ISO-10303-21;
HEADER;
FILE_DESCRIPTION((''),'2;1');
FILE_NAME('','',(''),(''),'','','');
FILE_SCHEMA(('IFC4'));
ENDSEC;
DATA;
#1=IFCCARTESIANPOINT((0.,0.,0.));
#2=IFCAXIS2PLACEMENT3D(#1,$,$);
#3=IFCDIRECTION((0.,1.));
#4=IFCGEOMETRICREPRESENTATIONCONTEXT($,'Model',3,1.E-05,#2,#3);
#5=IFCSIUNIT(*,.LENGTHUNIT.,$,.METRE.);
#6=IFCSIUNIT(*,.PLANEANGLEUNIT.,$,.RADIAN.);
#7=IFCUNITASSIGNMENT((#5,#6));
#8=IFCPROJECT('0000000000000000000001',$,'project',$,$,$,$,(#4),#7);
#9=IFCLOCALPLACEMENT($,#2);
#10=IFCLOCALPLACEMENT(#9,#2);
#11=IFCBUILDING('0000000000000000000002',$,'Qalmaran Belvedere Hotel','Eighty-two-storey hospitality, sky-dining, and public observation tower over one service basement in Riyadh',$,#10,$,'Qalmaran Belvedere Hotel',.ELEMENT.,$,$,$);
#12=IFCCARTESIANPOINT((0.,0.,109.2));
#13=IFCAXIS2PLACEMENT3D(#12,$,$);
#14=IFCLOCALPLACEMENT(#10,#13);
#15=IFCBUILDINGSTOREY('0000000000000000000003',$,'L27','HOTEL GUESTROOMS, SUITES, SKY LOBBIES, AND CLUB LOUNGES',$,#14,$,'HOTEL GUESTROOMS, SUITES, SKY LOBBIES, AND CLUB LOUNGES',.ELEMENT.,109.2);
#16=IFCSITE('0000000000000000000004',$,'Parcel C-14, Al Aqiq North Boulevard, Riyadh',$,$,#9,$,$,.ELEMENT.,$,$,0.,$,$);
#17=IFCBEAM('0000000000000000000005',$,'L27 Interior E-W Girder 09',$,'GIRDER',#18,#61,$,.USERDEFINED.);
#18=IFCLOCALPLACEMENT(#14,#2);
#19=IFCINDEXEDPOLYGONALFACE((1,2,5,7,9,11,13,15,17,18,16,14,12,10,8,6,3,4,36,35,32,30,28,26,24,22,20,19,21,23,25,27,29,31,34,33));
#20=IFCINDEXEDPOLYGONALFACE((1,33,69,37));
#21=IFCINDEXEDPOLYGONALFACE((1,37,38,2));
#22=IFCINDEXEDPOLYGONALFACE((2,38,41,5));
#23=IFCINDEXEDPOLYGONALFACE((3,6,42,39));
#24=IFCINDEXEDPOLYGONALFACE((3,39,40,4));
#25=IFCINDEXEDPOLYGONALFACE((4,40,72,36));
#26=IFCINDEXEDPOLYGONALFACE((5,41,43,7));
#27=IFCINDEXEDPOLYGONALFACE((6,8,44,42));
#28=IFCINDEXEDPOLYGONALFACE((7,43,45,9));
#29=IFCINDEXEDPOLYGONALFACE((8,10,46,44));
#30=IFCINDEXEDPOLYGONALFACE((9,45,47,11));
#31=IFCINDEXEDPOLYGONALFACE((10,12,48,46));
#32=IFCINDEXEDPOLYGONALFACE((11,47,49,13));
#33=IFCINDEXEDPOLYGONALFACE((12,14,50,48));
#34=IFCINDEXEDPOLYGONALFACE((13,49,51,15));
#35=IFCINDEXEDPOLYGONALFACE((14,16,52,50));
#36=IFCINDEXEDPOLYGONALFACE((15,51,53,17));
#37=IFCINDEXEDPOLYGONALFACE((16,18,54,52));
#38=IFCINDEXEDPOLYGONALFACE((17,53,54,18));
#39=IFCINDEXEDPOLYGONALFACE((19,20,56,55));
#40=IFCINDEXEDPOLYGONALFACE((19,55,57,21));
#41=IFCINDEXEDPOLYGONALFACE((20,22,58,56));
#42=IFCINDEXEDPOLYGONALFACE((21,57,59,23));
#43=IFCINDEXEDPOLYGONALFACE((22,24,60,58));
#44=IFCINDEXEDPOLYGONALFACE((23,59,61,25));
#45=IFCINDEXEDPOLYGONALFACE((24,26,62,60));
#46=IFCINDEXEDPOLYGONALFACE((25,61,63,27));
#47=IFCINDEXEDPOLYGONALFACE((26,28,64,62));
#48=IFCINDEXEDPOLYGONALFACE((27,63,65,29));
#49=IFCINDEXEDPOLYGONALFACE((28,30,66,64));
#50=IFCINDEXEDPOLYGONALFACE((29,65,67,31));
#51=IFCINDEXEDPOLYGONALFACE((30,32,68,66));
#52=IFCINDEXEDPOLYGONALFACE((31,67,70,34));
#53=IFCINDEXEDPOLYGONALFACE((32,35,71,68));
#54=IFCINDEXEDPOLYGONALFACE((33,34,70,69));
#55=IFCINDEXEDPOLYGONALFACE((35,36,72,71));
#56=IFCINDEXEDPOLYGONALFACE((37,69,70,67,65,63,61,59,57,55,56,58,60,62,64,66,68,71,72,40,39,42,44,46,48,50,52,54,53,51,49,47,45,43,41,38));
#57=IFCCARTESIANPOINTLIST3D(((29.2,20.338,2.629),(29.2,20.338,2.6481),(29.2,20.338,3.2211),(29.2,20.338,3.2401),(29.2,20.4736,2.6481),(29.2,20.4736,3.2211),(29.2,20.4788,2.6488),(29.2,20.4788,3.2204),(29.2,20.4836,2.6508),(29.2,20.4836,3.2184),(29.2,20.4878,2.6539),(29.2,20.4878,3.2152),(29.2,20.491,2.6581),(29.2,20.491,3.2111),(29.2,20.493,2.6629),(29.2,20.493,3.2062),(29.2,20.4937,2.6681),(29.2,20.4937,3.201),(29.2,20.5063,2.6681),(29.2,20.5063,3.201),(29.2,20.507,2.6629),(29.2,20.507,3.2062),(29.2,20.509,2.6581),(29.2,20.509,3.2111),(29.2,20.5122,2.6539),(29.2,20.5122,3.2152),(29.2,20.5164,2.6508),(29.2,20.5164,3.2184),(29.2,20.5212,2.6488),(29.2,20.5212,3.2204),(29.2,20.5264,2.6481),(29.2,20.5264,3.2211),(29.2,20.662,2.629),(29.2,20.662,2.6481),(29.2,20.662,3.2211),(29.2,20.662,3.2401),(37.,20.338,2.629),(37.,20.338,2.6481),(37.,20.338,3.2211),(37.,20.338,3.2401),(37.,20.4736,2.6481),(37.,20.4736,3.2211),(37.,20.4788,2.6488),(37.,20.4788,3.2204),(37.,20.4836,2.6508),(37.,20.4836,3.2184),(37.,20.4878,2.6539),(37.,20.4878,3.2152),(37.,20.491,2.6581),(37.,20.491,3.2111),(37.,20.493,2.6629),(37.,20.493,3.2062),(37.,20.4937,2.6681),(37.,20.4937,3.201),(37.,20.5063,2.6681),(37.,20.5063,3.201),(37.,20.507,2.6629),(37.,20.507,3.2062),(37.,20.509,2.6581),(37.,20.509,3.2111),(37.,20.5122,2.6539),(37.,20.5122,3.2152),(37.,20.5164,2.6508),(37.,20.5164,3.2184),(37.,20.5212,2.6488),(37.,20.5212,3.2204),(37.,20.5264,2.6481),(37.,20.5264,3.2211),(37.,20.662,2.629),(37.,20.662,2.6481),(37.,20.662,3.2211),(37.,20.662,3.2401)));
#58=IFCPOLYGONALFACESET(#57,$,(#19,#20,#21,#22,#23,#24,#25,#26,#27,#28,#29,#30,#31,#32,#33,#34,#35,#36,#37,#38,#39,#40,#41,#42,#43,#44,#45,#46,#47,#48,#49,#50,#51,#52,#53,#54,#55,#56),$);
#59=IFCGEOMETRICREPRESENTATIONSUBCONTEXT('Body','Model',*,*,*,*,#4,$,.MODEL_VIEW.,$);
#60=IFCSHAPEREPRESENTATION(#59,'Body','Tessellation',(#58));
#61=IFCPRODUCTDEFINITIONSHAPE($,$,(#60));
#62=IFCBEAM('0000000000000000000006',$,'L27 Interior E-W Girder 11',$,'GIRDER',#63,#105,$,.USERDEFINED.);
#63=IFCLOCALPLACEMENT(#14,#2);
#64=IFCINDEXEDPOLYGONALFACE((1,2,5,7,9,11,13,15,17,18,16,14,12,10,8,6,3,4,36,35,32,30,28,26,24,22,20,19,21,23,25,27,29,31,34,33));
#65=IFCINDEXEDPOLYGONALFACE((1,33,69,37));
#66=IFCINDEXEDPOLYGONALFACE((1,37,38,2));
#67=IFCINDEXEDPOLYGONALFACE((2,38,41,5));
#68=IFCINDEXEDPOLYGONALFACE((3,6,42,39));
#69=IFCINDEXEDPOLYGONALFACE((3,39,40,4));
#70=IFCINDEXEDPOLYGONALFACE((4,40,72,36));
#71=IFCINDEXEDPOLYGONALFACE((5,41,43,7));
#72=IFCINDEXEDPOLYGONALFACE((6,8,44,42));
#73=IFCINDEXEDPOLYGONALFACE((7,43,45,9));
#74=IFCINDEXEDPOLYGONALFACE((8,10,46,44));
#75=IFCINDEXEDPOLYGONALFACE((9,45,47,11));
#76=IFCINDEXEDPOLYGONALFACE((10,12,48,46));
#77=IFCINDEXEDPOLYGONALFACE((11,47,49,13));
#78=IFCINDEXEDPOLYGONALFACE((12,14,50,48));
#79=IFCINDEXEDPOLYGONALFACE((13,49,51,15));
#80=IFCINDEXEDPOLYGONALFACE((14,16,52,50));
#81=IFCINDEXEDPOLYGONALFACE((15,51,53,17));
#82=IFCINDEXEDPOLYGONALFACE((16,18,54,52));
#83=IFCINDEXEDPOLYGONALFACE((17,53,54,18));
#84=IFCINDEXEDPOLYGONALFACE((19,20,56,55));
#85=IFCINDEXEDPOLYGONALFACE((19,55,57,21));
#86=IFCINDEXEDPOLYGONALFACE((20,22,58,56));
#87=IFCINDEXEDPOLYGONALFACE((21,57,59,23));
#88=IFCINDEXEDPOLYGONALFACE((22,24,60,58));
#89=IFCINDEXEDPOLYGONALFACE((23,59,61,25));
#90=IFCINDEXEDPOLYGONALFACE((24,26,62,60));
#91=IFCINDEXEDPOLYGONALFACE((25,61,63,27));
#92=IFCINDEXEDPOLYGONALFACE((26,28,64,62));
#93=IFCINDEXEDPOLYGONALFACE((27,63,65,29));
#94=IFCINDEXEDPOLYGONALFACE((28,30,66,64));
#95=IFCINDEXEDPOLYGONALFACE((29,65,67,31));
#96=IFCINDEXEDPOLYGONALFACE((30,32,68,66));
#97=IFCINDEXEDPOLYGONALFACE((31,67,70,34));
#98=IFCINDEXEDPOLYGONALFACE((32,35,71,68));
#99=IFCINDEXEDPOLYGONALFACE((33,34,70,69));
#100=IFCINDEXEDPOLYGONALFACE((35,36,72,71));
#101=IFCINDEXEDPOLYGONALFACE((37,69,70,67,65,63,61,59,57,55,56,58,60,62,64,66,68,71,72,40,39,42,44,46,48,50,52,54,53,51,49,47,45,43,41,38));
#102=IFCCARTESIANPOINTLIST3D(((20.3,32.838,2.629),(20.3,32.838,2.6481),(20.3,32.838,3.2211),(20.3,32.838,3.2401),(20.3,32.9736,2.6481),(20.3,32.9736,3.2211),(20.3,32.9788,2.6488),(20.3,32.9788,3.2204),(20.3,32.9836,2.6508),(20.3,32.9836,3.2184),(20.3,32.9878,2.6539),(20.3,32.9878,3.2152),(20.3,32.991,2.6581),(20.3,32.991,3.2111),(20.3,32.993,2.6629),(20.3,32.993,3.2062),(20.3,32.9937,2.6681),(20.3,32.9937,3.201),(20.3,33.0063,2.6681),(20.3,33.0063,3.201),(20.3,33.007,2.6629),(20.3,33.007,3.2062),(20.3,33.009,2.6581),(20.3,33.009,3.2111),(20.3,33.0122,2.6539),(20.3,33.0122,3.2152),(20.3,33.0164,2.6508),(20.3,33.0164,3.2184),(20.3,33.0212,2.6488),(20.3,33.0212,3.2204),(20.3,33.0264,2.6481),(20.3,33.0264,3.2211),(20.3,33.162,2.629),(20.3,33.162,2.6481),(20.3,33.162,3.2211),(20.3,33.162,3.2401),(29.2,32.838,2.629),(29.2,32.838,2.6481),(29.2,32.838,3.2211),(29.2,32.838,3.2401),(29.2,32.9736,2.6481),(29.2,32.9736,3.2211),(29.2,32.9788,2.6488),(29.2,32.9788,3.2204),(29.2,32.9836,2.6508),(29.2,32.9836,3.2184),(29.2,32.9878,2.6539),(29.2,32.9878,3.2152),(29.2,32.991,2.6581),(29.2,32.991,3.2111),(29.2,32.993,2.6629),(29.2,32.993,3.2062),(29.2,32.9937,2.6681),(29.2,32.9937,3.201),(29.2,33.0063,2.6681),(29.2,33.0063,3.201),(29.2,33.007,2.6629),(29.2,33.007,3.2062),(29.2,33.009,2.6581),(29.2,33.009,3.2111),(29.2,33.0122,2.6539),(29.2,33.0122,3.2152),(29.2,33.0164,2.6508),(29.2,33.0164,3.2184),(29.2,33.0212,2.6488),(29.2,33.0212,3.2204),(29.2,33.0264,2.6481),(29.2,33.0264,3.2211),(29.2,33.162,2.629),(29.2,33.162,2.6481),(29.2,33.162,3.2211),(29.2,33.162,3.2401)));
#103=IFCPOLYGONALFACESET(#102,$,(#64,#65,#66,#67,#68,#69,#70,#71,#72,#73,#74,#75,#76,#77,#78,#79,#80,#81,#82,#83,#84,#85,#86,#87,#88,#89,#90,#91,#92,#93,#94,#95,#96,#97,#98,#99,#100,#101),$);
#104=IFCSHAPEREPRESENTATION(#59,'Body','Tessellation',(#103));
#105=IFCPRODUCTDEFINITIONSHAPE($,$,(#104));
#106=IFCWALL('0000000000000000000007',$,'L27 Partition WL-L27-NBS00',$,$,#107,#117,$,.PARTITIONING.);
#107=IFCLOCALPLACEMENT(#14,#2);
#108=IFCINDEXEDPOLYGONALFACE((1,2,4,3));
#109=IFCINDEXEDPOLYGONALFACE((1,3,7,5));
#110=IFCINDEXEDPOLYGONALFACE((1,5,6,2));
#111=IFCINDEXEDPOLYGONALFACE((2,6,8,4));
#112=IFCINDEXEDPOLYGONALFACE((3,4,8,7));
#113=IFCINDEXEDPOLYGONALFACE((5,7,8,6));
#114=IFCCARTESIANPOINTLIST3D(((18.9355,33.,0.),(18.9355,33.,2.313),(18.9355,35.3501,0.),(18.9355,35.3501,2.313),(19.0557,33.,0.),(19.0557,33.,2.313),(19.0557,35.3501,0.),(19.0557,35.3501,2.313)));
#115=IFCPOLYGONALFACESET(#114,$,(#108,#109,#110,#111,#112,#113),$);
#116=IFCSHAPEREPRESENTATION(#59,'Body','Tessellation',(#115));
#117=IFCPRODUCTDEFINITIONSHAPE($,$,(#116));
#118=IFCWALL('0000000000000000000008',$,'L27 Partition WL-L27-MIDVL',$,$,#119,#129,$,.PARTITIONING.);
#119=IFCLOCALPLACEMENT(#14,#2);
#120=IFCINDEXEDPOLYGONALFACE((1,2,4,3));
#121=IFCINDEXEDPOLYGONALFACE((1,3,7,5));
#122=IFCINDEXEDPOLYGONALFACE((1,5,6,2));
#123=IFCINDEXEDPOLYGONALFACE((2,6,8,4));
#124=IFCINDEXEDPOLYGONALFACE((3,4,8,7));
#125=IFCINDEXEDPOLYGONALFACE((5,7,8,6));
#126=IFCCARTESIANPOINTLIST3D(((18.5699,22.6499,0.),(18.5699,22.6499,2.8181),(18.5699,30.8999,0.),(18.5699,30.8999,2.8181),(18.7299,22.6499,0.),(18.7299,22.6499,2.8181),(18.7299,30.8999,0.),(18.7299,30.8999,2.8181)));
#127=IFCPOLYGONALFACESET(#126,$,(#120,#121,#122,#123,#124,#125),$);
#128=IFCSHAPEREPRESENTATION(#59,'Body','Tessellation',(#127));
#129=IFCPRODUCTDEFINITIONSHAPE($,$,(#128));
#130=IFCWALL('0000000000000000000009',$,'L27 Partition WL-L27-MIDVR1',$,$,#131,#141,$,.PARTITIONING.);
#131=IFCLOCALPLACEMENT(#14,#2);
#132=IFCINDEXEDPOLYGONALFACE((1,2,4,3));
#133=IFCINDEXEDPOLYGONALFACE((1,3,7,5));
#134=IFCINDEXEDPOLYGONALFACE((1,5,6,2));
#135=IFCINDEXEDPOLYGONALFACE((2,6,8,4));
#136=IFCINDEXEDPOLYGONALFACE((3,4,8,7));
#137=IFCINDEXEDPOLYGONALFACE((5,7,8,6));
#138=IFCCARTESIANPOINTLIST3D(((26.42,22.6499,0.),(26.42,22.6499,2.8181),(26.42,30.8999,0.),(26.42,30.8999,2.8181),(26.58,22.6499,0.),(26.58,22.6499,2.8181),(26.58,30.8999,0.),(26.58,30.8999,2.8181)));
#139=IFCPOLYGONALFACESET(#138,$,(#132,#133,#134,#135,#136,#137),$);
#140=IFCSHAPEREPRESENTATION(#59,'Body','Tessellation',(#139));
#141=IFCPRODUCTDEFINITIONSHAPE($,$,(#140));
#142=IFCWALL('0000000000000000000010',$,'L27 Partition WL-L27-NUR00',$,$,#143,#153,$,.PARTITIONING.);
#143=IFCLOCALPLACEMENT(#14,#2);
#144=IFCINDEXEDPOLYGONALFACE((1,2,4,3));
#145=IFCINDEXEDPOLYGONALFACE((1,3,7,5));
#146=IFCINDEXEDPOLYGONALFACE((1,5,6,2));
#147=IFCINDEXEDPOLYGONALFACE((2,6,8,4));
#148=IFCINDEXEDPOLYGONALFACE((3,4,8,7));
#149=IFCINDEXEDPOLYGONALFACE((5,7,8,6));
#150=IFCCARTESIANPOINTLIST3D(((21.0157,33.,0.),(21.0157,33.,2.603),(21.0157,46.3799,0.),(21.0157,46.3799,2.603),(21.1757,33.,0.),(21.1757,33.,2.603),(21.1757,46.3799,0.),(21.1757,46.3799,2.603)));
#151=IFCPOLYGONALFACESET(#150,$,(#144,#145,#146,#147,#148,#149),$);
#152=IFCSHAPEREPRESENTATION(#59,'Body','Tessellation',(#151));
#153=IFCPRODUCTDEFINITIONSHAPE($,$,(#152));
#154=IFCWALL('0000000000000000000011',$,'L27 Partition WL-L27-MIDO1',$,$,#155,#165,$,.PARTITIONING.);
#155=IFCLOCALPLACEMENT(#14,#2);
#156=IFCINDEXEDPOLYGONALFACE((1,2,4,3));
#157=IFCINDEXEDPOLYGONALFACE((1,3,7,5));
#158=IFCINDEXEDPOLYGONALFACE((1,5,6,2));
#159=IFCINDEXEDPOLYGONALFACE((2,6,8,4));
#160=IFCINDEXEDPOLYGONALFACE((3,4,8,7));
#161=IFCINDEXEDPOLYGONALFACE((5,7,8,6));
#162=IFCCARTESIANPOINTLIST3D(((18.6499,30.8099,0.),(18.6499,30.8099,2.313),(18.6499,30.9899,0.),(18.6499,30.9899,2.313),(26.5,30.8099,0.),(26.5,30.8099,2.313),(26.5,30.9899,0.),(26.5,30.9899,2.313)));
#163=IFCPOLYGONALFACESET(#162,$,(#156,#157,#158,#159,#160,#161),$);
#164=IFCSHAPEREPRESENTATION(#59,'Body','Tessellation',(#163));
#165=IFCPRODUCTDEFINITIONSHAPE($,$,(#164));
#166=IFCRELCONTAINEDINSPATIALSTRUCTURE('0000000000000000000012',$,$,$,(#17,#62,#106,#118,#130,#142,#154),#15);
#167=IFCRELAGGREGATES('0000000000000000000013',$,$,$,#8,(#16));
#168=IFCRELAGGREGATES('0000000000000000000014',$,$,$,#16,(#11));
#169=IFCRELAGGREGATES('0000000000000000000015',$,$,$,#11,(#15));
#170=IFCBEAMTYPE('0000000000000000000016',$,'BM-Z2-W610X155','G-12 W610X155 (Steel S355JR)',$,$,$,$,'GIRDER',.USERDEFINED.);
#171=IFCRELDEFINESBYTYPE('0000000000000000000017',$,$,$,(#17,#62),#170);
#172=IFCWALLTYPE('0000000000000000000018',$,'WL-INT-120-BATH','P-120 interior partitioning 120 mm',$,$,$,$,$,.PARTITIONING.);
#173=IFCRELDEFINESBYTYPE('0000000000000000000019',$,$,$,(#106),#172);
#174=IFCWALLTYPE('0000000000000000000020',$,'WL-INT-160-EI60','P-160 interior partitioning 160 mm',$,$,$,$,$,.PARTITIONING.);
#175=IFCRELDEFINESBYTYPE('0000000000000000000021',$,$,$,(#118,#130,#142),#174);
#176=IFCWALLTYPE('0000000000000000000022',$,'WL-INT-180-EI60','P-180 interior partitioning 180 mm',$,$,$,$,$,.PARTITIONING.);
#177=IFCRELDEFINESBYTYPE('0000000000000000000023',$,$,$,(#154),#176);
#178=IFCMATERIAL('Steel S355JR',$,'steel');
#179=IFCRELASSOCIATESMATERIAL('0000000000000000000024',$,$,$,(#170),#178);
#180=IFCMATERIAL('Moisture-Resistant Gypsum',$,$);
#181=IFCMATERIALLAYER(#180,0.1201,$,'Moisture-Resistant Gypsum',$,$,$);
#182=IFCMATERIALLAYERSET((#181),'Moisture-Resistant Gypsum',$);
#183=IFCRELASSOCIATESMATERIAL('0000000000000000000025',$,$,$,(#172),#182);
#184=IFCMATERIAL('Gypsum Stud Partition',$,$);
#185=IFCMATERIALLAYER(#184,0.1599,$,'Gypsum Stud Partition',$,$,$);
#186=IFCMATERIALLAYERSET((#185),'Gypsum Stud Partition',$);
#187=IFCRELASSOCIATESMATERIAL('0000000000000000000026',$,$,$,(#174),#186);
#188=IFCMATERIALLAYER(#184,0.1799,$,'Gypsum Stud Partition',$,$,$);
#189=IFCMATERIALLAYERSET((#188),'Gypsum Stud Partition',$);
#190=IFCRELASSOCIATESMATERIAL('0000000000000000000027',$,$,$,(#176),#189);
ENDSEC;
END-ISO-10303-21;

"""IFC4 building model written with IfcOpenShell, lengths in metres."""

from ifc_helpers import new_model, si_unit, direction, frame, frame_2d, origin, origin_2d, place, context, subcontext, project, spatial, rectangle, i_section, extrude, material, layer, layer_set, material_profile, profile_set, type_object, element, save


model = new_model("IFC4")

# Units and contexts
model_context = context("Model", 3, precision=1e-05, world=origin(), true_north=direction((0.0, 1.0)))
body_context = subcontext(model_context, "Body", "Model", "MODEL_VIEW")
ifc_project = project(units=[si_unit("LENGTHUNIT", "METRE"), si_unit("PLANEANGLEUNIT", "RADIAN")], contexts=[model_context])

# Site, building, storey
site_placement = place(None, origin())
site = spatial("IfcSite", under=ifc_project, at=site_placement, Name="Parcel C-14, Al Aqiq North Boulevard, Riyadh", CompositionType="ELEMENT", RefElevation=0.0)
building_placement = place(site_placement, origin())
building = spatial("IfcBuilding", under=site, at=building_placement, Name="Qalmaran Belvedere Hotel", Description="Eighty-two-storey hospitality, sky-dining, and public observation tower over one service basement in Riyadh", LongName="Qalmaran Belvedere Hotel", CompositionType="ELEMENT")
storey_placement = place(building_placement, frame((0.0, 0.0, 109.2)))
storey = spatial("IfcBuildingStorey", under=building, at=storey_placement, Name="L27", Description="HOTEL GUESTROOMS, SUITES, SKY LOBBIES, AND CLUB LOUNGES", LongName="HOTEL GUESTROOMS, SUITES, SKY LOBBIES, AND CLUB LOUNGES", CompositionType="ELEMENT", Elevation=109.2)

# Beams
ifc_material_1 = material(Name="Steel S355JR", Category="steel")
ifc_material_profile_1 = material_profile(ifc_material_1, i_section(OverallWidth=0.324, OverallDepth=0.6111, WebThickness=0.0127, FlangeThickness=0.019, FilletRadius=0.02, at=origin_2d()), Name="W610X155")
ifc_profile_set_1 = profile_set([ifc_material_profile_1], Name="Steel S355JR")
beam_type_1 = type_object("IfcBeamType", Name="BM-Z2-W610X155", Description="G-12 W610X155 (Steel S355JR)", ElementType="GIRDER", PredefinedType="USERDEFINED", material=ifc_profile_set_1)
beam_1_placement = place(storey_placement, frame((29.2, 20.5, 2.9346), z_axis=(1.0, 0.0, 0.0), x_axis=(0.0, 1.0, 0.0)))
element("IfcBeam", 1, at=beam_1_placement, inside=storey, type_object=beam_type_1, Name="L27 Interior E-W Girder 09", ObjectType="GIRDER", PredefinedType="USERDEFINED", context=body_context, shape_type="SweptSolid", body=[
    extrude(i_section(OverallWidth=0.324, OverallDepth=0.6111, WebThickness=0.0127, FlangeThickness=0.019, FilletRadius=0.02, at=origin_2d()), origin(), (0.0, 0.0, 1.0), 7.8),
])
beam_2_placement = place(storey_placement, frame((20.3, 33.0, 2.9346), z_axis=(1.0, 0.0, 0.0), x_axis=(0.0, 1.0, 0.0)))
element("IfcBeam", 2, at=beam_2_placement, inside=storey, type_object=beam_type_1, Name="L27 Interior E-W Girder 11", ObjectType="GIRDER", PredefinedType="USERDEFINED", context=body_context, shape_type="SweptSolid", body=[
    extrude(i_section(OverallWidth=0.324, OverallDepth=0.6111, WebThickness=0.0127, FlangeThickness=0.019, FilletRadius=0.02, at=origin_2d()), origin(), (0.0, 0.0, 1.0), 8.8999),
])

# Walls
ifc_material_2 = material(Name="Moisture-Resistant Gypsum")
ifc_layer_1 = layer(ifc_material_2, 0.1201, Name="Moisture-Resistant Gypsum")
ifc_layer_set_1 = layer_set([ifc_layer_1], Name="Moisture-Resistant Gypsum")
wall_type_1 = type_object("IfcWallType", Name="WL-INT-120-BATH", Description="P-120 interior partitioning 120 mm", PredefinedType="PARTITIONING", material=ifc_layer_set_1)
wall_1_placement = place(storey_placement, frame((18.9956, 33.0, 0.0), z_axis=(0.0, 0.0, 1.0), x_axis=(0.0, 1.0, 0.0)))
element("IfcWall", 3, at=wall_1_placement, inside=storey, type_object=wall_type_1, Name="L27 Partition WL-L27-NBS00", PredefinedType="PARTITIONING", context=body_context, shape_type="SweptSolid", body=[
    extrude(rectangle(XDim=2.3501, YDim=0.1201, at=frame_2d((1.175, 0.0))), origin(), (0.0, 0.0, 1.0), 2.313),
])
ifc_material_3 = material(Name="Gypsum Stud Partition")
ifc_layer_2 = layer(ifc_material_3, 0.1599, Name="Gypsum Stud Partition")
ifc_layer_set_2 = layer_set([ifc_layer_2], Name="Gypsum Stud Partition")
wall_type_2 = type_object("IfcWallType", Name="WL-INT-160-EI60", Description="P-160 interior partitioning 160 mm", PredefinedType="PARTITIONING", material=ifc_layer_set_2)
for number, where, z_axis, x_axis, name in (
    (4, (18.6499, 22.6499, 0.0), (0.0, 0.0, 1.0), (0.0, 1.0, 0.0), "L27 Partition WL-L27-MIDVL"),
    (5, (26.5, 22.6499, 0.0), (0.0, 0.0, 1.0), (0.0, 1.0, 0.0), "L27 Partition WL-L27-MIDVR1"),
):
    element("IfcWall", number, at=place(storey_placement, frame(where, z_axis=z_axis, x_axis=x_axis)), inside=storey, type_object=wall_type_2, Name=name, PredefinedType="PARTITIONING", context=body_context, shape_type="SweptSolid", body=[
        extrude(rectangle(XDim=8.25, YDim=0.1599, at=frame_2d((4.125, 0.0))), origin(), (0.0, 0.0, 1.0), 2.8181),
    ])
wall_2_placement = place(storey_placement, frame((21.0957, 33.0, 0.0), z_axis=(0.0, 0.0, 1.0), x_axis=(0.0, 1.0, 0.0)))
element("IfcWall", 6, at=wall_2_placement, inside=storey, type_object=wall_type_2, Name="L27 Partition WL-L27-NUR00", PredefinedType="PARTITIONING", context=body_context, shape_type="SweptSolid", body=[
    extrude(rectangle(XDim=13.3799, YDim=0.1599, at=frame_2d((6.6899, 0.0))), origin(), (0.0, 0.0, 1.0), 2.603),
])
ifc_layer_3 = layer(ifc_material_3, 0.1799, Name="Gypsum Stud Partition")
ifc_layer_set_3 = layer_set([ifc_layer_3], Name="Gypsum Stud Partition")
wall_type_3 = type_object("IfcWallType", Name="WL-INT-180-EI60", Description="P-180 interior partitioning 180 mm", PredefinedType="PARTITIONING", material=ifc_layer_set_3)
wall_3_placement = place(storey_placement, frame((18.6499, 30.8999, 0.0), z_axis=(0.0, 0.0, 1.0), x_axis=(1.0, 0.0, 0.0)))
element("IfcWall", 7, at=wall_3_placement, inside=storey, type_object=wall_type_3, Name="L27 Partition WL-L27-MIDO1", PredefinedType="PARTITIONING", context=body_context, shape_type="SweptSolid", body=[
    extrude(rectangle(XDim=7.8501, YDim=0.1799, at=frame_2d((3.925, 0.0))), origin(), (0.0, 0.0, 1.0), 2.313),
])

save(model, "model.ifc")
